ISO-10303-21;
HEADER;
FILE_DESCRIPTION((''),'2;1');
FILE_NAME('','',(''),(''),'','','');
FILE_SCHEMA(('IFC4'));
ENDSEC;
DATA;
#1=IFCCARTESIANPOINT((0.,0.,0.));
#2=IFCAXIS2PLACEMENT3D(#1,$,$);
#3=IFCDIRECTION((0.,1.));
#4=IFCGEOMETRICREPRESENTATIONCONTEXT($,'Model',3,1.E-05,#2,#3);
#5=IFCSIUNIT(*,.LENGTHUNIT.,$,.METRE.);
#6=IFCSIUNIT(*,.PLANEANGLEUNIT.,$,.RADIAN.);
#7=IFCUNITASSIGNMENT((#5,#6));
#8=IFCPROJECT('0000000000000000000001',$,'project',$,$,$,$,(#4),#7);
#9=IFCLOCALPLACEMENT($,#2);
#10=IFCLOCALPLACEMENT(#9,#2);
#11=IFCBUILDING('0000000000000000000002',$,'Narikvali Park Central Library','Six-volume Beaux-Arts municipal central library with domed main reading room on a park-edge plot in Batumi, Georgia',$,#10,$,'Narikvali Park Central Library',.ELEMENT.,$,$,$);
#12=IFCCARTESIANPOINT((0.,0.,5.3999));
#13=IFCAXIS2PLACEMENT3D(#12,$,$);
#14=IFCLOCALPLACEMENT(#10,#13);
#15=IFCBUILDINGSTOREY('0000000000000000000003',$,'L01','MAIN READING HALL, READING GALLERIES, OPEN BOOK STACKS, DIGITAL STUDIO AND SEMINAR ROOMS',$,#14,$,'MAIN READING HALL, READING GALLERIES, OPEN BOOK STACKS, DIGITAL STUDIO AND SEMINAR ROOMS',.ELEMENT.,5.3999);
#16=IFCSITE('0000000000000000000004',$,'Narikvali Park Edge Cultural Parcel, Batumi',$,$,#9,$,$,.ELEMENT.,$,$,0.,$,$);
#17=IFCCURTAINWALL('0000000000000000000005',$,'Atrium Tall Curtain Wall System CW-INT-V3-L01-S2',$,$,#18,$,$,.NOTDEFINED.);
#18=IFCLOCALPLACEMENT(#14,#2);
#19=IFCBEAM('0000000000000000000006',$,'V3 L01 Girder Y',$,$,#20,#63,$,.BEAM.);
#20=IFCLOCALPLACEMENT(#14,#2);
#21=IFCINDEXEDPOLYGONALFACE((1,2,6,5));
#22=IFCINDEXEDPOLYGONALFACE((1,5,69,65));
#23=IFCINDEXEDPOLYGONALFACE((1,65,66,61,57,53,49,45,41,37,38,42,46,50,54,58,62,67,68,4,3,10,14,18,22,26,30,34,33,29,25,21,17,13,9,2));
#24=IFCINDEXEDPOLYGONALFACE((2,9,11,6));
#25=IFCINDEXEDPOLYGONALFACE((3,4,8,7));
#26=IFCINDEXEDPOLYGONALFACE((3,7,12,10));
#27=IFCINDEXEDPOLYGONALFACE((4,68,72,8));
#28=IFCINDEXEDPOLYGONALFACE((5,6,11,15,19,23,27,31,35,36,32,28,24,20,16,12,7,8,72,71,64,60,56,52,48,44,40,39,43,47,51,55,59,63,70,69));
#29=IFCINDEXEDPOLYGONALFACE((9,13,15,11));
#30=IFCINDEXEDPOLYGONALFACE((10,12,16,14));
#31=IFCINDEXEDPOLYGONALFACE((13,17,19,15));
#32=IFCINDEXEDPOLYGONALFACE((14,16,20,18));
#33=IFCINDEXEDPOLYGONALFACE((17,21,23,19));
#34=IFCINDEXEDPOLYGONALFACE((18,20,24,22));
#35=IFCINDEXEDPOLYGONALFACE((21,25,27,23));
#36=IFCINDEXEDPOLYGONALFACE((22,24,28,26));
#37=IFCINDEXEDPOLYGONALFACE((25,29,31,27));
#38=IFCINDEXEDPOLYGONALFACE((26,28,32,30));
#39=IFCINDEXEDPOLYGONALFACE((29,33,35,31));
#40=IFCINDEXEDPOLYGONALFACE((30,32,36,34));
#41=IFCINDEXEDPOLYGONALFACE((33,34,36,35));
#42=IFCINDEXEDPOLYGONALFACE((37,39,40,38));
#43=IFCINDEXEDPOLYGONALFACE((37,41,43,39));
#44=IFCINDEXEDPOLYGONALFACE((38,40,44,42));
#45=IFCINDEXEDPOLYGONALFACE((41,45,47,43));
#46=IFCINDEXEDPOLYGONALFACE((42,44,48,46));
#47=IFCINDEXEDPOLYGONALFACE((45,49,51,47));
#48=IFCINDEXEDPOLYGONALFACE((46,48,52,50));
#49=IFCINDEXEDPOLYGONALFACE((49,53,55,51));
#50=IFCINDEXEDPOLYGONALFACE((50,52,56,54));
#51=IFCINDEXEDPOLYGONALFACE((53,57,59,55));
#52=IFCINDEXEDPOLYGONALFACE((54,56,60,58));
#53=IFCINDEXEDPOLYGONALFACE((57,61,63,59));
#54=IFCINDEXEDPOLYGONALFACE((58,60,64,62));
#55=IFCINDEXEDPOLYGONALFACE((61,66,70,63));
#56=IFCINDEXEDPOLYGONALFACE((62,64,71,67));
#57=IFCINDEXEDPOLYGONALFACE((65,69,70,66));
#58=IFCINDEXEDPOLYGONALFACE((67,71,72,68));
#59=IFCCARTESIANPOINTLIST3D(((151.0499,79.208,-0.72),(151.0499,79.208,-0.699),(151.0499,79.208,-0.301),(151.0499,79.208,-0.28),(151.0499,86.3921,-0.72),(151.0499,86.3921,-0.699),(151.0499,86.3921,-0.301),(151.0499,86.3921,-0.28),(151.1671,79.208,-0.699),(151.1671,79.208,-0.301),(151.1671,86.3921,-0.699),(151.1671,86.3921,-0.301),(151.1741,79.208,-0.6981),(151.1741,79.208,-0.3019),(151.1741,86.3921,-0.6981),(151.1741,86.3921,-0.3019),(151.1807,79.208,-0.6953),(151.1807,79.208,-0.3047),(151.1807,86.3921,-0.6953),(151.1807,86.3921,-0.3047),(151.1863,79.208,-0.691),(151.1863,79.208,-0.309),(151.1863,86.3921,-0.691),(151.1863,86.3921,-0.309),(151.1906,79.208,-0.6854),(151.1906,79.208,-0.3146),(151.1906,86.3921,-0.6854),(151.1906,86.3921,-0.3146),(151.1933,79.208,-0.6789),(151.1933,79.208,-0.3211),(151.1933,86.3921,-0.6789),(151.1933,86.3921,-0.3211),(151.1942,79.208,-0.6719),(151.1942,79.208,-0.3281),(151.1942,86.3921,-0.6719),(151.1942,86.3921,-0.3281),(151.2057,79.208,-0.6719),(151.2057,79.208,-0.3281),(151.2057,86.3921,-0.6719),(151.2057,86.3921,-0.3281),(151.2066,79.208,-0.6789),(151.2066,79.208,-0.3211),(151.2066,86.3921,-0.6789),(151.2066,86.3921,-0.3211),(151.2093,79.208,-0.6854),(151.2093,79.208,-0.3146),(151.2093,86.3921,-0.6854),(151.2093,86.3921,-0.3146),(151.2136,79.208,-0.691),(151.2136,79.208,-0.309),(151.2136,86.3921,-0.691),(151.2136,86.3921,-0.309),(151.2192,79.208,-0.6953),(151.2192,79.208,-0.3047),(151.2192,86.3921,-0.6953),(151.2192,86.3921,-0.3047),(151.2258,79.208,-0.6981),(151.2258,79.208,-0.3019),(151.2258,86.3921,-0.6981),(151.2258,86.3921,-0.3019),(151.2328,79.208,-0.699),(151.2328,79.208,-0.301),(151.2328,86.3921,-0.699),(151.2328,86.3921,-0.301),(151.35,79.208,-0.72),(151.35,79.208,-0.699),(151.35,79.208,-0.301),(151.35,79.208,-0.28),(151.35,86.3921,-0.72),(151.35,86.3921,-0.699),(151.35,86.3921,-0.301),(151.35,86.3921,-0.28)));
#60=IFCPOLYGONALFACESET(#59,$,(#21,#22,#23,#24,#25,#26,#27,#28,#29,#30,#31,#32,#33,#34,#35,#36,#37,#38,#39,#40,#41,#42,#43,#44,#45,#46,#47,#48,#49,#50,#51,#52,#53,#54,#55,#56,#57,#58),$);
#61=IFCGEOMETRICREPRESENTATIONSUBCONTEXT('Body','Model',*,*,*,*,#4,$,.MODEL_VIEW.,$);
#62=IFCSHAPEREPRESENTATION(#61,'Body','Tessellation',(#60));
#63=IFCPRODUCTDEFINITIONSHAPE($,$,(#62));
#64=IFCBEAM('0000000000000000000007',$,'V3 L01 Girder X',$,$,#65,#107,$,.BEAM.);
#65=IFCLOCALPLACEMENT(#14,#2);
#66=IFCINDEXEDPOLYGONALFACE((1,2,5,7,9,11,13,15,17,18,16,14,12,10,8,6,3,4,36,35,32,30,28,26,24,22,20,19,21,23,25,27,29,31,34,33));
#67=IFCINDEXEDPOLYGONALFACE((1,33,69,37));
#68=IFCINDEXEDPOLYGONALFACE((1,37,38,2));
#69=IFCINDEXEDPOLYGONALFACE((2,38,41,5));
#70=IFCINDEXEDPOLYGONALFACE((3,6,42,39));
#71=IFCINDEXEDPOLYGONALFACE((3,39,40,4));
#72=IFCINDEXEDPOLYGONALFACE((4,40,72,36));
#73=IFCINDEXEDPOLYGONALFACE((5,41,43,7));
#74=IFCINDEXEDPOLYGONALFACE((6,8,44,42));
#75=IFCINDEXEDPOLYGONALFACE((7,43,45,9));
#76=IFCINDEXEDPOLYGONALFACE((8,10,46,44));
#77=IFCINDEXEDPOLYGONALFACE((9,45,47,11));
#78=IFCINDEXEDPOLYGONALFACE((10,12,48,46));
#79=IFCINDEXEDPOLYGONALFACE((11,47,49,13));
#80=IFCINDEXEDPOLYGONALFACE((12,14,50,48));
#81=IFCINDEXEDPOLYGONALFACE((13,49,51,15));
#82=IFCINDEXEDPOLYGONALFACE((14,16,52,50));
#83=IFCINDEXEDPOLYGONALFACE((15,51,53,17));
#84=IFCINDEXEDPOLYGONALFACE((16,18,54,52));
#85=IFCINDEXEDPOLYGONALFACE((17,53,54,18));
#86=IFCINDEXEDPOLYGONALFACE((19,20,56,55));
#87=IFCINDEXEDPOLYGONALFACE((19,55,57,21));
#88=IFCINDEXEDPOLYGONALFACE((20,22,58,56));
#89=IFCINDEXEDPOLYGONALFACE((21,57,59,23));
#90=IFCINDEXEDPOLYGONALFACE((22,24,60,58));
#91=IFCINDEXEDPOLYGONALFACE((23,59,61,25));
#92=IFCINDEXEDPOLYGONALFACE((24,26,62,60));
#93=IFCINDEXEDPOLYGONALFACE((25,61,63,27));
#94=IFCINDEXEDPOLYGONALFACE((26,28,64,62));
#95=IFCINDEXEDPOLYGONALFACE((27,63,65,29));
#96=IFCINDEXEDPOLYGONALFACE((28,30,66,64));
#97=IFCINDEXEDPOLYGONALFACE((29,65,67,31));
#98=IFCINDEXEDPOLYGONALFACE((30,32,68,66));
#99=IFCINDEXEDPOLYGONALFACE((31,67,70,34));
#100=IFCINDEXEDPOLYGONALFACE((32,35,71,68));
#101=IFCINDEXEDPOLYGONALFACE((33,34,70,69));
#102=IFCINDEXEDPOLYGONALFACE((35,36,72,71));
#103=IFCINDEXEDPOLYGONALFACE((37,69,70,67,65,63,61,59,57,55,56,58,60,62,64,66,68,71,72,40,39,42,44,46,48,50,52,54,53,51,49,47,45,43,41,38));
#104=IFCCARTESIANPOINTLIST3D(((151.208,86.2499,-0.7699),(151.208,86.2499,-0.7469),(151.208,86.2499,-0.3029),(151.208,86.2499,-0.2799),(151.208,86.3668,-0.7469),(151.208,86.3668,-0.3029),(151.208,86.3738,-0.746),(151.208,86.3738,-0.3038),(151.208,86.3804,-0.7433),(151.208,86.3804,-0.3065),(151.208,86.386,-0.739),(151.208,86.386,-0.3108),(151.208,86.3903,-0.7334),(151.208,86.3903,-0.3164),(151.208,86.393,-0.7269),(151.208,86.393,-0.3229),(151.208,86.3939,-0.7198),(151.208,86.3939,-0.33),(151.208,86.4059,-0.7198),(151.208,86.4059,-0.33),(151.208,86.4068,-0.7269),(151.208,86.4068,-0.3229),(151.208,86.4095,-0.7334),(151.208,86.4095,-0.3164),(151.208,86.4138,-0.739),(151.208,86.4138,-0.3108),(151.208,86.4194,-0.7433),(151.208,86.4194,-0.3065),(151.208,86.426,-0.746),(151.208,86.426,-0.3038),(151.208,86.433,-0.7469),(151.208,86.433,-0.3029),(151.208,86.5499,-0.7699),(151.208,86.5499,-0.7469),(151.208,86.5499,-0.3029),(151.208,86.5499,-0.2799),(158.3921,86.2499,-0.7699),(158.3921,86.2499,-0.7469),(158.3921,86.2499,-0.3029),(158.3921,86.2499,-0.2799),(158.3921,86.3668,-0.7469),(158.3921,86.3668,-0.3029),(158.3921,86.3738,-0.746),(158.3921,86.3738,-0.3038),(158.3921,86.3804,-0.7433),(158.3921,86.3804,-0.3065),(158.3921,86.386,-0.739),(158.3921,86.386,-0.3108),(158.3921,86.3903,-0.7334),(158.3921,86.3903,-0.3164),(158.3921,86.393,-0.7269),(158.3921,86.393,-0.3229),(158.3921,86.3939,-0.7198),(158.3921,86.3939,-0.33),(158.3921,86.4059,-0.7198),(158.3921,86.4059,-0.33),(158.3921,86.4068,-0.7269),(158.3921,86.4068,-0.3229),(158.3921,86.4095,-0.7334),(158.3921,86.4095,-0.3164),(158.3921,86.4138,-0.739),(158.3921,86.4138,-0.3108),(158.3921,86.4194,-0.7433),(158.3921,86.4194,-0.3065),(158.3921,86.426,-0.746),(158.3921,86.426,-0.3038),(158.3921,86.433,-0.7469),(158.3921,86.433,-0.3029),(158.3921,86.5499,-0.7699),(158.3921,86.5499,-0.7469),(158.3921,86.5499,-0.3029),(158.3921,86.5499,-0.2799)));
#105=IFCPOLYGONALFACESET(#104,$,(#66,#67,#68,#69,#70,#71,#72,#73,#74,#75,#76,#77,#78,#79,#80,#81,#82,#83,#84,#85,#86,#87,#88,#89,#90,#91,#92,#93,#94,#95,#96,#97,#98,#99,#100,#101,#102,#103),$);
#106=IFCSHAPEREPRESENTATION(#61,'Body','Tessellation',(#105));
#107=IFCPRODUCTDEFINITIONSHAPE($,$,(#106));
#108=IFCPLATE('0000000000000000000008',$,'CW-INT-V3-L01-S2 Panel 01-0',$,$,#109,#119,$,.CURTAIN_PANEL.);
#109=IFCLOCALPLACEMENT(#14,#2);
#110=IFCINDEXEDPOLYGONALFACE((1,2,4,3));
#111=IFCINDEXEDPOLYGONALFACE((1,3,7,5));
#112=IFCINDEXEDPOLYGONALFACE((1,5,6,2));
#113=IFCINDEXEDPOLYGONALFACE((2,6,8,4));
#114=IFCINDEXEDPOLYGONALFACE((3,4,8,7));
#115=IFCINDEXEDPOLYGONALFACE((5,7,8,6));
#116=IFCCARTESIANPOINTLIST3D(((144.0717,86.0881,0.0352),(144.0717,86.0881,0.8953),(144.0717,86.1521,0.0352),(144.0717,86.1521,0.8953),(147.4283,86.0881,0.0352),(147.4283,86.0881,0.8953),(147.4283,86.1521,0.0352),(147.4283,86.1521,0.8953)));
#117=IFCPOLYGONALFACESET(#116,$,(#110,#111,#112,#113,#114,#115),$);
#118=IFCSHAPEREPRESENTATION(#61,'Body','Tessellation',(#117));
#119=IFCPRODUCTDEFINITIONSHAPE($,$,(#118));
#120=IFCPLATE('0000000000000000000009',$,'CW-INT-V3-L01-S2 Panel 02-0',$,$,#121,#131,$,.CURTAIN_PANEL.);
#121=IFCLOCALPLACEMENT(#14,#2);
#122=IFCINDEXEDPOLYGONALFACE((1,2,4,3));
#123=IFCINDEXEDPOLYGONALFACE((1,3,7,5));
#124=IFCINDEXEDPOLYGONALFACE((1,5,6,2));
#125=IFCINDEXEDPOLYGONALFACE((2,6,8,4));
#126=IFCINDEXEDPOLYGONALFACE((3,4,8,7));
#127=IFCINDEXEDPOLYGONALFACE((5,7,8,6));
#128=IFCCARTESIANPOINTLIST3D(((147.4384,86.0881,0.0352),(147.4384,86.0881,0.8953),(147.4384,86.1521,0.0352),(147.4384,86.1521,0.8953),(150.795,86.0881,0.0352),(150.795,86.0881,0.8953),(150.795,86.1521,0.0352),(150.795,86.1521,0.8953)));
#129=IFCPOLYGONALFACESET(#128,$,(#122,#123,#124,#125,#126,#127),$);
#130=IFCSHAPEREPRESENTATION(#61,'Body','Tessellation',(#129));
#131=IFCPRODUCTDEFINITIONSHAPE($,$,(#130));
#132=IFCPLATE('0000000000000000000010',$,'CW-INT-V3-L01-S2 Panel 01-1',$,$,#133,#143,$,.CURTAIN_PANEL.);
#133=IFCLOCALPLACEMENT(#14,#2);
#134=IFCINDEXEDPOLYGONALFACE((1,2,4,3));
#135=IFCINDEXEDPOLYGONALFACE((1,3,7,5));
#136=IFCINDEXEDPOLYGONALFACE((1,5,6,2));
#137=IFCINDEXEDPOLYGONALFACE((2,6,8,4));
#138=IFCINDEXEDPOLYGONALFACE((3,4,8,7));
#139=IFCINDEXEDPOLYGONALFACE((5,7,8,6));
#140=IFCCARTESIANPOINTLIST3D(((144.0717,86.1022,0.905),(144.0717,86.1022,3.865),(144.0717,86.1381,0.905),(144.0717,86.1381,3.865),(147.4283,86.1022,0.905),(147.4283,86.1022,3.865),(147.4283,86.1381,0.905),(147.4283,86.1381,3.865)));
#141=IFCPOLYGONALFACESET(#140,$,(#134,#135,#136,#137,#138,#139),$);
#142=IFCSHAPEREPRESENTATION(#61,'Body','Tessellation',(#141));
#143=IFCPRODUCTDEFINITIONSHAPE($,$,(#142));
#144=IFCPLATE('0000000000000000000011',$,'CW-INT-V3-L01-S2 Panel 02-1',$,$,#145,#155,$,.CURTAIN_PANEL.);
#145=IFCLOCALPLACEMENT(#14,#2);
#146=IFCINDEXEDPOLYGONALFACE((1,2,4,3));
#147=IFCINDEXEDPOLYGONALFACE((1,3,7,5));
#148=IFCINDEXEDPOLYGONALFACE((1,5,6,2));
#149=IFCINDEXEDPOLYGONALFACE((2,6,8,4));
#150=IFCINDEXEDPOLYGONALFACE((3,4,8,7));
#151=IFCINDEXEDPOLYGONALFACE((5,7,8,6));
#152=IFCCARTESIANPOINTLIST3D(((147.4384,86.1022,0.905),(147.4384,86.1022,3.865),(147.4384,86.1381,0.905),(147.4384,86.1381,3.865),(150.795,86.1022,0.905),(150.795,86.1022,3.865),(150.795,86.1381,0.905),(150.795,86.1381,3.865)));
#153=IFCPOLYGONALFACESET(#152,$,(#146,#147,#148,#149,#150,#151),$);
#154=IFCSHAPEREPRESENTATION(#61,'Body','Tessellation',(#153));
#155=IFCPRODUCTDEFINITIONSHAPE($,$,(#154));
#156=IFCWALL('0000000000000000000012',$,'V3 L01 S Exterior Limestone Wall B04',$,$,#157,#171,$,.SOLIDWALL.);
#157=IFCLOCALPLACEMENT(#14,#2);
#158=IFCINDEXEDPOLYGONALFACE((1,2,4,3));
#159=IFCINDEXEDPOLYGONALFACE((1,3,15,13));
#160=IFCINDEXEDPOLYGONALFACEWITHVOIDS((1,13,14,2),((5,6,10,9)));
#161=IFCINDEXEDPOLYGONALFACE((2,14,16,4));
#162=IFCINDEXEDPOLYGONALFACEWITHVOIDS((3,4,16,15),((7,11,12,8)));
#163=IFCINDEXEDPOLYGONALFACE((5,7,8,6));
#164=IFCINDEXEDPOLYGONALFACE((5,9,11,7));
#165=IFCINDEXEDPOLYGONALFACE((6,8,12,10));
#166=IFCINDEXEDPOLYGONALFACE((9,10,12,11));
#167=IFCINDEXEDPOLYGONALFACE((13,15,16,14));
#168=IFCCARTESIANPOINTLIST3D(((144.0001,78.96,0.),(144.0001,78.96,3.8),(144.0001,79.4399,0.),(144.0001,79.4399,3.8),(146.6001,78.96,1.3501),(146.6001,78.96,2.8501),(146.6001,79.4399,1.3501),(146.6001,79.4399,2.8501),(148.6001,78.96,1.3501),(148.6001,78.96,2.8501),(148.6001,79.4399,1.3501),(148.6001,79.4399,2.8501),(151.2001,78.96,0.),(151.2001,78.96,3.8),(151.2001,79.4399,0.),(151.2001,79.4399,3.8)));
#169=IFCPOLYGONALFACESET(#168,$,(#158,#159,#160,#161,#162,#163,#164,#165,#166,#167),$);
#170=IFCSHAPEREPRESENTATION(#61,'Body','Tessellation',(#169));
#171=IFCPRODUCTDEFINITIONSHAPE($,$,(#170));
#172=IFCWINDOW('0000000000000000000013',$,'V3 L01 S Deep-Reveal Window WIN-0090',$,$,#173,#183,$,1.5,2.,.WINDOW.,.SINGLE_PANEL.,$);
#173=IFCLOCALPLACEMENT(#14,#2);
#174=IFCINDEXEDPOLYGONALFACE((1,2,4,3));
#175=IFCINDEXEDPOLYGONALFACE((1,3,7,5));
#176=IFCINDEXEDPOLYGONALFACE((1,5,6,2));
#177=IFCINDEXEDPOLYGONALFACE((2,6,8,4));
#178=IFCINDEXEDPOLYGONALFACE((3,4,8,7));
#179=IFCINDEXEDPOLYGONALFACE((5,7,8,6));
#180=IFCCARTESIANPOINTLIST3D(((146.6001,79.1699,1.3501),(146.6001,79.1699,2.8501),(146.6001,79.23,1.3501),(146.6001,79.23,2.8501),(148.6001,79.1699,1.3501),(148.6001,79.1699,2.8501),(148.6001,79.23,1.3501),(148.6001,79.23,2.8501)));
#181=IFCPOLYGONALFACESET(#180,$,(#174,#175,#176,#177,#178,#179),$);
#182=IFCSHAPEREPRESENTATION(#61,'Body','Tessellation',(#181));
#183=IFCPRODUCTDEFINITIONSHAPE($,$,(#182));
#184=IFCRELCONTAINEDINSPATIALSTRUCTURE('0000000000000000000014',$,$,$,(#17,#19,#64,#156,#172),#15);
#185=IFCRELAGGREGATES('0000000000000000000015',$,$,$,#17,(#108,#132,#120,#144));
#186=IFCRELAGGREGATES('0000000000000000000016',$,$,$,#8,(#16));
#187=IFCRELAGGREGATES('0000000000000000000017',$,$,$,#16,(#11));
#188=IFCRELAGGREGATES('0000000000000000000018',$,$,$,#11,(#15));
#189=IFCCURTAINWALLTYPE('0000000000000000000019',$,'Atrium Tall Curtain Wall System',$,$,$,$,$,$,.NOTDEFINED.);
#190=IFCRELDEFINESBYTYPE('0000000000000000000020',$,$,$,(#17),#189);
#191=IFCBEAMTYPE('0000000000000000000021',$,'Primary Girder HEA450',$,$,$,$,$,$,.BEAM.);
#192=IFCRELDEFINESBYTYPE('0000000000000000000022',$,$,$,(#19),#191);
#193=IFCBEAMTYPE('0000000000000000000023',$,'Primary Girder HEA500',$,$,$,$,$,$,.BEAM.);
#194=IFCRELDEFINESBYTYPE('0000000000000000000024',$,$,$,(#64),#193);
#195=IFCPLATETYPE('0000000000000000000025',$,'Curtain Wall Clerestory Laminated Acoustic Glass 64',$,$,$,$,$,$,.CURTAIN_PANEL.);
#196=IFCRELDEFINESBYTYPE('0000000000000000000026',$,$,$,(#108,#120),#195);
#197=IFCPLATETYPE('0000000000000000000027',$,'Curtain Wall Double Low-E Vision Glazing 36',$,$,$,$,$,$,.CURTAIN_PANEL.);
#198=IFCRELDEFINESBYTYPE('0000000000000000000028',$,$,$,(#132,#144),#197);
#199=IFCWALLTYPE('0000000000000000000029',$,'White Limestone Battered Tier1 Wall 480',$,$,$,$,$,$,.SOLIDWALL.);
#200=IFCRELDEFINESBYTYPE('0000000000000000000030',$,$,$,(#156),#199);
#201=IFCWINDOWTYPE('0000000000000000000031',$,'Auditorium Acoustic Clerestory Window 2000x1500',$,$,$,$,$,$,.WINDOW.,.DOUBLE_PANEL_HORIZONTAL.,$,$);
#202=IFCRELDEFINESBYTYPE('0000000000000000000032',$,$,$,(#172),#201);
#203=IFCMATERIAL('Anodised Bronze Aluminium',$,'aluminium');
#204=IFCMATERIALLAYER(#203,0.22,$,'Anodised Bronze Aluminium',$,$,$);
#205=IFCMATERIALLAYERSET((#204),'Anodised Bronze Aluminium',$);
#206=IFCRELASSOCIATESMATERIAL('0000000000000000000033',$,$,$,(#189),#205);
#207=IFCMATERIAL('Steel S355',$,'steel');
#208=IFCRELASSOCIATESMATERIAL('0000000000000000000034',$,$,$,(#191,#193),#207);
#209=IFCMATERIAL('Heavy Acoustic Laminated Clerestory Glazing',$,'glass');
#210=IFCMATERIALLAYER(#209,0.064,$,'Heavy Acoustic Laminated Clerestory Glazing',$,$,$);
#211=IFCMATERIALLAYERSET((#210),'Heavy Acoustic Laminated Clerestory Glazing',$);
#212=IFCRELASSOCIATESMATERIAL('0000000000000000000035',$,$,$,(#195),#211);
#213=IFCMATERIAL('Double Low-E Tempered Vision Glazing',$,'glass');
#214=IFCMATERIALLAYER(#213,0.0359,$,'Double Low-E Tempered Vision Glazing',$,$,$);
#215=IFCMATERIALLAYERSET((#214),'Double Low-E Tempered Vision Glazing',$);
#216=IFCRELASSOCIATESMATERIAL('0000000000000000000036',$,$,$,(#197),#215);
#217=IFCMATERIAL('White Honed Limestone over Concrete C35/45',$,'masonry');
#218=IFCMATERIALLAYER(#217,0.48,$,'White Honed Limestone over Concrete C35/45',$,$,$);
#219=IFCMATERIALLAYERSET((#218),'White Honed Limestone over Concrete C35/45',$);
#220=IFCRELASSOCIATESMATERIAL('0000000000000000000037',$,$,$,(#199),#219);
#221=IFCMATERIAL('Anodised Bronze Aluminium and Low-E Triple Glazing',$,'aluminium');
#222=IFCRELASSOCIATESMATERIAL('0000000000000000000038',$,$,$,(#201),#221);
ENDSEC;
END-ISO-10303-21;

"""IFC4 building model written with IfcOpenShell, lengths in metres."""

from ifc_helpers import new_model, si_unit, direction, frame, frame_2d, origin, origin_2d, place, context, subcontext, project, spatial, rectangle, i_section, extrude, material, layer, layer_set, material_profile, profile_set, type_object, element, fill, aggregate, save


model = new_model("IFC4")

# Units and contexts
model_context = context("Model", 3, precision=1e-05, world=origin(), true_north=direction((0.0, 1.0)))
body_context = subcontext(model_context, "Body", "Model", "MODEL_VIEW")
ifc_project = project(units=[si_unit("LENGTHUNIT", "METRE"), si_unit("PLANEANGLEUNIT", "RADIAN")], contexts=[model_context])

# Site, building, storey
site_placement = place(None, origin())
site = spatial("IfcSite", under=ifc_project, at=site_placement, Name="Narikvali Park Edge Cultural Parcel, Batumi", CompositionType="ELEMENT", RefElevation=0.0)
building_placement = place(site_placement, origin())
building = spatial("IfcBuilding", under=site, at=building_placement, Name="Narikvali Park Central Library", Description="Six-volume Beaux-Arts municipal central library with domed main reading room on a park-edge plot in Batumi, Georgia", LongName="Narikvali Park Central Library", CompositionType="ELEMENT")
storey_placement = place(building_placement, frame((0.0, 0.0, 5.3999)))
storey = spatial("IfcBuildingStorey", under=building, at=storey_placement, Name="L01", Description="MAIN READING HALL, READING GALLERIES, OPEN BOOK STACKS, DIGITAL STUDIO AND SEMINAR ROOMS", LongName="MAIN READING HALL, READING GALLERIES, OPEN BOOK STACKS, DIGITAL STUDIO AND SEMINAR ROOMS", CompositionType="ELEMENT", Elevation=5.3999)

# Shared definitions
ifc_material_1 = material(Name="Steel S355", Category="steel")

# Curtain wall
ifc_material_2 = material(Name="Anodised Bronze Aluminium", Category="aluminium")
ifc_layer_1 = layer(ifc_material_2, 0.22, Name="Anodised Bronze Aluminium")
ifc_layer_set_1 = layer_set([ifc_layer_1], Name="Anodised Bronze Aluminium")
curtain_wall_type_1 = type_object("IfcCurtainWallType", Name="Atrium Tall Curtain Wall System", PredefinedType="NOTDEFINED", material=ifc_layer_set_1)
curtain_wall_1_placement = place(storey_placement, origin())
curtain_wall_1 = element("IfcCurtainWall", 1, at=curtain_wall_1_placement, inside=storey, type_object=curtain_wall_type_1, Name="Atrium Tall Curtain Wall System CW-INT-V3-L01-S2", PredefinedType="NOTDEFINED")

# Beams
ifc_material_profile_1 = material_profile(ifc_material_1, i_section(OverallWidth=0.3, OverallDepth=0.4399, WebThickness=0.0115, FlangeThickness=0.021, FilletRadius=0.0271, at=origin_2d()), Name="HEA 450")
ifc_profile_set_1 = profile_set([ifc_material_profile_1], Name="Steel S355")
beam_type_1 = type_object("IfcBeamType", Name="Primary Girder HEA450", PredefinedType="BEAM", material=ifc_profile_set_1)
for number, where, z_axis, x_axis, name in (
    (2, (151.2, 79.208, -0.5), (0.0, 1.0, 0.0), (-1.0, 0.0, 0.0), "V3 L01 Girder Y"),
):
    element("IfcBeam", number, at=place(storey_placement, frame(where, z_axis=z_axis, x_axis=x_axis)), inside=storey, type_object=beam_type_1, Name=name, PredefinedType="BEAM", context=body_context, shape_type="SweptSolid", body=[
        extrude(i_section(OverallWidth=0.3, OverallDepth=0.4399, WebThickness=0.0115, FlangeThickness=0.021, FilletRadius=0.0271, at=origin_2d()), origin(), (0.0, 0.0, 1.0), 7.1841),
    ])
ifc_material_profile_2 = material_profile(ifc_material_1, i_section(OverallWidth=0.3, OverallDepth=0.49, WebThickness=0.012, FlangeThickness=0.0229, FilletRadius=0.0271, at=origin_2d()), Name="HEA 500")
ifc_profile_set_2 = profile_set([ifc_material_profile_2], Name="Steel S355")
beam_type_2 = type_object("IfcBeamType", Name="Primary Girder HEA500", PredefinedType="BEAM", material=ifc_profile_set_2)
beam_1_placement = place(storey_placement, frame((151.208, 86.3999, -0.5249), z_axis=(1.0, 0.0, 0.0), x_axis=(0.0, 1.0, 0.0)))
element("IfcBeam", 3, at=beam_1_placement, inside=storey, type_object=beam_type_2, Name="V3 L01 Girder X", PredefinedType="BEAM", context=body_context, shape_type="SweptSolid", body=[
    extrude(i_section(OverallWidth=0.3, OverallDepth=0.49, WebThickness=0.012, FlangeThickness=0.0229, FilletRadius=0.0271, at=origin_2d()), origin(), (0.0, 0.0, 1.0), 7.1841),
])

# Plates
ifc_material_3 = material(Name="Heavy Acoustic Laminated Clerestory Glazing", Category="glass")
ifc_layer_2 = layer(ifc_material_3, 0.064, Name="Heavy Acoustic Laminated Clerestory Glazing")
ifc_layer_set_2 = layer_set([ifc_layer_2], Name="Heavy Acoustic Laminated Clerestory Glazing")
plate_type_1 = type_object("IfcPlateType", Name="Curtain Wall Clerestory Laminated Acoustic Glass 64", PredefinedType="CURTAIN_PANEL", material=ifc_layer_set_2)
plate_1_placement = place(storey_placement, frame((145.75, 86.1201, 0.0352), z_axis=(0.0, 0.0, 1.0), x_axis=(1.0, 0.0, 0.0)))
plate_1 = element("IfcPlate", 4, at=plate_1_placement, type_object=plate_type_1, Name="CW-INT-V3-L01-S2 Panel 01-0", PredefinedType="CURTAIN_PANEL", context=body_context, shape_type="SweptSolid", body=[
    extrude(rectangle(XDim=3.3567, YDim=0.064, at=origin_2d()), origin(), (0.0, 0.0, 1.0), 0.8601),
])
plate_2_placement = place(storey_placement, frame((149.1167, 86.1201, 0.0352), z_axis=(0.0, 0.0, 1.0), x_axis=(1.0, 0.0, 0.0)))
plate_2 = element("IfcPlate", 5, at=plate_2_placement, type_object=plate_type_1, Name="CW-INT-V3-L01-S2 Panel 02-0", PredefinedType="CURTAIN_PANEL", context=body_context, shape_type="SweptSolid", body=[
    extrude(rectangle(XDim=3.3567, YDim=0.064, at=origin_2d()), origin(), (0.0, 0.0, 1.0), 0.8601),
])
ifc_material_4 = material(Name="Double Low-E Tempered Vision Glazing", Category="glass")
ifc_layer_3 = layer(ifc_material_4, 0.0359, Name="Double Low-E Tempered Vision Glazing")
ifc_layer_set_3 = layer_set([ifc_layer_3], Name="Double Low-E Tempered Vision Glazing")
plate_type_2 = type_object("IfcPlateType", Name="Curtain Wall Double Low-E Vision Glazing 36", PredefinedType="CURTAIN_PANEL", material=ifc_layer_set_3)
plate_3_placement = place(storey_placement, frame((145.75, 86.1201, 0.905), z_axis=(0.0, 0.0, 1.0), x_axis=(1.0, 0.0, 0.0)))
plate_3 = element("IfcPlate", 6, at=plate_3_placement, type_object=plate_type_2, Name="CW-INT-V3-L01-S2 Panel 01-1", PredefinedType="CURTAIN_PANEL", context=body_context, shape_type="SweptSolid", body=[
    extrude(rectangle(XDim=3.3567, YDim=0.0359, at=origin_2d()), origin(), (0.0, 0.0, 1.0), 2.96),
])
plate_4_placement = place(storey_placement, frame((149.1167, 86.1201, 0.905), z_axis=(0.0, 0.0, 1.0), x_axis=(1.0, 0.0, 0.0)))
plate_4 = element("IfcPlate", 7, at=plate_4_placement, type_object=plate_type_2, Name="CW-INT-V3-L01-S2 Panel 02-1", PredefinedType="CURTAIN_PANEL", context=body_context, shape_type="SweptSolid", body=[
    extrude(rectangle(XDim=3.3567, YDim=0.0359, at=origin_2d()), origin(), (0.0, 0.0, 1.0), 2.96),
])
aggregate(curtain_wall_1, [plate_1, plate_3, plate_2, plate_4])

# Wall, opening, window
ifc_material_5 = material(Name="White Honed Limestone over Concrete C35/45", Category="masonry")
ifc_layer_4 = layer(ifc_material_5, 0.48, Name="White Honed Limestone over Concrete C35/45")
ifc_layer_set_4 = layer_set([ifc_layer_4], Name="White Honed Limestone over Concrete C35/45")
wall_type = type_object("IfcWallType", Name="White Limestone Battered Tier1 Wall 480", PredefinedType="SOLIDWALL", material=ifc_layer_set_4)
wall_1_placement = place(storey_placement, frame((144.0, 79.2, 0.0), z_axis=(0.0, 0.0, 1.0), x_axis=(1.0, 0.0, 0.0)))
wall_1 = element("IfcWall", 8, at=wall_1_placement, inside=storey, type_object=wall_type, Name="V3 L01 S Exterior Limestone Wall B04", PredefinedType="SOLIDWALL", context=body_context, shape_type="SweptSolid", body=[
    extrude(rectangle(XDim=7.2, YDim=0.48, at=frame_2d((3.6001, 0.0))), origin(), (0.0, 0.0, 1.0), 3.8),
])
opening_1_placement = place(wall_1_placement, frame((2.6001, 0.0, 1.3501)))
opening_1 = element("IfcOpeningElement", 9, at=opening_1_placement, cuts=wall_1, PredefinedType="OPENING", context=body_context, shape_type="SweptSolid", body=[
    extrude(rectangle(XDim=2.0, YDim=1.5, at=frame_2d((1.0, 0.75))), frame((0.0, 0.252, 0.0), z_axis=(0.0, -1.0, 0.0), x_axis=(1.0, 0.0, 0.0)), (0.0, 0.0, 1.0), 0.5039),
])
ifc_material_6 = material(Name="Anodised Bronze Aluminium and Low-E Triple Glazing", Category="aluminium")
window_type = type_object("IfcWindowType", Name="Auditorium Acoustic Clerestory Window 2000x1500", PartitioningType="DOUBLE_PANEL_HORIZONTAL", PredefinedType="WINDOW", material=ifc_material_6)
window_1_placement = place(opening_1_placement, origin())
window_1 = element("IfcWindow", 10, at=window_1_placement, inside=storey, type_object=window_type, Name="V3 L01 S Deep-Reveal Window WIN-0090", OverallHeight=1.5, OverallWidth=2.0, PartitioningType="SINGLE_PANEL", PredefinedType="WINDOW", context=body_context, shape_type="SweptSolid", body=[
    extrude(rectangle(XDim=2.0, YDim=1.5, at=frame_2d((1.0, 0.75))), frame((0.0, 0.03, 0.0), z_axis=(0.0, -1.0, 0.0), x_axis=(1.0, 0.0, 0.0)), (0.0, 0.0, 1.0), 0.0601),
])
fill(opening_1, window_1)

save(model, "model.ifc")
